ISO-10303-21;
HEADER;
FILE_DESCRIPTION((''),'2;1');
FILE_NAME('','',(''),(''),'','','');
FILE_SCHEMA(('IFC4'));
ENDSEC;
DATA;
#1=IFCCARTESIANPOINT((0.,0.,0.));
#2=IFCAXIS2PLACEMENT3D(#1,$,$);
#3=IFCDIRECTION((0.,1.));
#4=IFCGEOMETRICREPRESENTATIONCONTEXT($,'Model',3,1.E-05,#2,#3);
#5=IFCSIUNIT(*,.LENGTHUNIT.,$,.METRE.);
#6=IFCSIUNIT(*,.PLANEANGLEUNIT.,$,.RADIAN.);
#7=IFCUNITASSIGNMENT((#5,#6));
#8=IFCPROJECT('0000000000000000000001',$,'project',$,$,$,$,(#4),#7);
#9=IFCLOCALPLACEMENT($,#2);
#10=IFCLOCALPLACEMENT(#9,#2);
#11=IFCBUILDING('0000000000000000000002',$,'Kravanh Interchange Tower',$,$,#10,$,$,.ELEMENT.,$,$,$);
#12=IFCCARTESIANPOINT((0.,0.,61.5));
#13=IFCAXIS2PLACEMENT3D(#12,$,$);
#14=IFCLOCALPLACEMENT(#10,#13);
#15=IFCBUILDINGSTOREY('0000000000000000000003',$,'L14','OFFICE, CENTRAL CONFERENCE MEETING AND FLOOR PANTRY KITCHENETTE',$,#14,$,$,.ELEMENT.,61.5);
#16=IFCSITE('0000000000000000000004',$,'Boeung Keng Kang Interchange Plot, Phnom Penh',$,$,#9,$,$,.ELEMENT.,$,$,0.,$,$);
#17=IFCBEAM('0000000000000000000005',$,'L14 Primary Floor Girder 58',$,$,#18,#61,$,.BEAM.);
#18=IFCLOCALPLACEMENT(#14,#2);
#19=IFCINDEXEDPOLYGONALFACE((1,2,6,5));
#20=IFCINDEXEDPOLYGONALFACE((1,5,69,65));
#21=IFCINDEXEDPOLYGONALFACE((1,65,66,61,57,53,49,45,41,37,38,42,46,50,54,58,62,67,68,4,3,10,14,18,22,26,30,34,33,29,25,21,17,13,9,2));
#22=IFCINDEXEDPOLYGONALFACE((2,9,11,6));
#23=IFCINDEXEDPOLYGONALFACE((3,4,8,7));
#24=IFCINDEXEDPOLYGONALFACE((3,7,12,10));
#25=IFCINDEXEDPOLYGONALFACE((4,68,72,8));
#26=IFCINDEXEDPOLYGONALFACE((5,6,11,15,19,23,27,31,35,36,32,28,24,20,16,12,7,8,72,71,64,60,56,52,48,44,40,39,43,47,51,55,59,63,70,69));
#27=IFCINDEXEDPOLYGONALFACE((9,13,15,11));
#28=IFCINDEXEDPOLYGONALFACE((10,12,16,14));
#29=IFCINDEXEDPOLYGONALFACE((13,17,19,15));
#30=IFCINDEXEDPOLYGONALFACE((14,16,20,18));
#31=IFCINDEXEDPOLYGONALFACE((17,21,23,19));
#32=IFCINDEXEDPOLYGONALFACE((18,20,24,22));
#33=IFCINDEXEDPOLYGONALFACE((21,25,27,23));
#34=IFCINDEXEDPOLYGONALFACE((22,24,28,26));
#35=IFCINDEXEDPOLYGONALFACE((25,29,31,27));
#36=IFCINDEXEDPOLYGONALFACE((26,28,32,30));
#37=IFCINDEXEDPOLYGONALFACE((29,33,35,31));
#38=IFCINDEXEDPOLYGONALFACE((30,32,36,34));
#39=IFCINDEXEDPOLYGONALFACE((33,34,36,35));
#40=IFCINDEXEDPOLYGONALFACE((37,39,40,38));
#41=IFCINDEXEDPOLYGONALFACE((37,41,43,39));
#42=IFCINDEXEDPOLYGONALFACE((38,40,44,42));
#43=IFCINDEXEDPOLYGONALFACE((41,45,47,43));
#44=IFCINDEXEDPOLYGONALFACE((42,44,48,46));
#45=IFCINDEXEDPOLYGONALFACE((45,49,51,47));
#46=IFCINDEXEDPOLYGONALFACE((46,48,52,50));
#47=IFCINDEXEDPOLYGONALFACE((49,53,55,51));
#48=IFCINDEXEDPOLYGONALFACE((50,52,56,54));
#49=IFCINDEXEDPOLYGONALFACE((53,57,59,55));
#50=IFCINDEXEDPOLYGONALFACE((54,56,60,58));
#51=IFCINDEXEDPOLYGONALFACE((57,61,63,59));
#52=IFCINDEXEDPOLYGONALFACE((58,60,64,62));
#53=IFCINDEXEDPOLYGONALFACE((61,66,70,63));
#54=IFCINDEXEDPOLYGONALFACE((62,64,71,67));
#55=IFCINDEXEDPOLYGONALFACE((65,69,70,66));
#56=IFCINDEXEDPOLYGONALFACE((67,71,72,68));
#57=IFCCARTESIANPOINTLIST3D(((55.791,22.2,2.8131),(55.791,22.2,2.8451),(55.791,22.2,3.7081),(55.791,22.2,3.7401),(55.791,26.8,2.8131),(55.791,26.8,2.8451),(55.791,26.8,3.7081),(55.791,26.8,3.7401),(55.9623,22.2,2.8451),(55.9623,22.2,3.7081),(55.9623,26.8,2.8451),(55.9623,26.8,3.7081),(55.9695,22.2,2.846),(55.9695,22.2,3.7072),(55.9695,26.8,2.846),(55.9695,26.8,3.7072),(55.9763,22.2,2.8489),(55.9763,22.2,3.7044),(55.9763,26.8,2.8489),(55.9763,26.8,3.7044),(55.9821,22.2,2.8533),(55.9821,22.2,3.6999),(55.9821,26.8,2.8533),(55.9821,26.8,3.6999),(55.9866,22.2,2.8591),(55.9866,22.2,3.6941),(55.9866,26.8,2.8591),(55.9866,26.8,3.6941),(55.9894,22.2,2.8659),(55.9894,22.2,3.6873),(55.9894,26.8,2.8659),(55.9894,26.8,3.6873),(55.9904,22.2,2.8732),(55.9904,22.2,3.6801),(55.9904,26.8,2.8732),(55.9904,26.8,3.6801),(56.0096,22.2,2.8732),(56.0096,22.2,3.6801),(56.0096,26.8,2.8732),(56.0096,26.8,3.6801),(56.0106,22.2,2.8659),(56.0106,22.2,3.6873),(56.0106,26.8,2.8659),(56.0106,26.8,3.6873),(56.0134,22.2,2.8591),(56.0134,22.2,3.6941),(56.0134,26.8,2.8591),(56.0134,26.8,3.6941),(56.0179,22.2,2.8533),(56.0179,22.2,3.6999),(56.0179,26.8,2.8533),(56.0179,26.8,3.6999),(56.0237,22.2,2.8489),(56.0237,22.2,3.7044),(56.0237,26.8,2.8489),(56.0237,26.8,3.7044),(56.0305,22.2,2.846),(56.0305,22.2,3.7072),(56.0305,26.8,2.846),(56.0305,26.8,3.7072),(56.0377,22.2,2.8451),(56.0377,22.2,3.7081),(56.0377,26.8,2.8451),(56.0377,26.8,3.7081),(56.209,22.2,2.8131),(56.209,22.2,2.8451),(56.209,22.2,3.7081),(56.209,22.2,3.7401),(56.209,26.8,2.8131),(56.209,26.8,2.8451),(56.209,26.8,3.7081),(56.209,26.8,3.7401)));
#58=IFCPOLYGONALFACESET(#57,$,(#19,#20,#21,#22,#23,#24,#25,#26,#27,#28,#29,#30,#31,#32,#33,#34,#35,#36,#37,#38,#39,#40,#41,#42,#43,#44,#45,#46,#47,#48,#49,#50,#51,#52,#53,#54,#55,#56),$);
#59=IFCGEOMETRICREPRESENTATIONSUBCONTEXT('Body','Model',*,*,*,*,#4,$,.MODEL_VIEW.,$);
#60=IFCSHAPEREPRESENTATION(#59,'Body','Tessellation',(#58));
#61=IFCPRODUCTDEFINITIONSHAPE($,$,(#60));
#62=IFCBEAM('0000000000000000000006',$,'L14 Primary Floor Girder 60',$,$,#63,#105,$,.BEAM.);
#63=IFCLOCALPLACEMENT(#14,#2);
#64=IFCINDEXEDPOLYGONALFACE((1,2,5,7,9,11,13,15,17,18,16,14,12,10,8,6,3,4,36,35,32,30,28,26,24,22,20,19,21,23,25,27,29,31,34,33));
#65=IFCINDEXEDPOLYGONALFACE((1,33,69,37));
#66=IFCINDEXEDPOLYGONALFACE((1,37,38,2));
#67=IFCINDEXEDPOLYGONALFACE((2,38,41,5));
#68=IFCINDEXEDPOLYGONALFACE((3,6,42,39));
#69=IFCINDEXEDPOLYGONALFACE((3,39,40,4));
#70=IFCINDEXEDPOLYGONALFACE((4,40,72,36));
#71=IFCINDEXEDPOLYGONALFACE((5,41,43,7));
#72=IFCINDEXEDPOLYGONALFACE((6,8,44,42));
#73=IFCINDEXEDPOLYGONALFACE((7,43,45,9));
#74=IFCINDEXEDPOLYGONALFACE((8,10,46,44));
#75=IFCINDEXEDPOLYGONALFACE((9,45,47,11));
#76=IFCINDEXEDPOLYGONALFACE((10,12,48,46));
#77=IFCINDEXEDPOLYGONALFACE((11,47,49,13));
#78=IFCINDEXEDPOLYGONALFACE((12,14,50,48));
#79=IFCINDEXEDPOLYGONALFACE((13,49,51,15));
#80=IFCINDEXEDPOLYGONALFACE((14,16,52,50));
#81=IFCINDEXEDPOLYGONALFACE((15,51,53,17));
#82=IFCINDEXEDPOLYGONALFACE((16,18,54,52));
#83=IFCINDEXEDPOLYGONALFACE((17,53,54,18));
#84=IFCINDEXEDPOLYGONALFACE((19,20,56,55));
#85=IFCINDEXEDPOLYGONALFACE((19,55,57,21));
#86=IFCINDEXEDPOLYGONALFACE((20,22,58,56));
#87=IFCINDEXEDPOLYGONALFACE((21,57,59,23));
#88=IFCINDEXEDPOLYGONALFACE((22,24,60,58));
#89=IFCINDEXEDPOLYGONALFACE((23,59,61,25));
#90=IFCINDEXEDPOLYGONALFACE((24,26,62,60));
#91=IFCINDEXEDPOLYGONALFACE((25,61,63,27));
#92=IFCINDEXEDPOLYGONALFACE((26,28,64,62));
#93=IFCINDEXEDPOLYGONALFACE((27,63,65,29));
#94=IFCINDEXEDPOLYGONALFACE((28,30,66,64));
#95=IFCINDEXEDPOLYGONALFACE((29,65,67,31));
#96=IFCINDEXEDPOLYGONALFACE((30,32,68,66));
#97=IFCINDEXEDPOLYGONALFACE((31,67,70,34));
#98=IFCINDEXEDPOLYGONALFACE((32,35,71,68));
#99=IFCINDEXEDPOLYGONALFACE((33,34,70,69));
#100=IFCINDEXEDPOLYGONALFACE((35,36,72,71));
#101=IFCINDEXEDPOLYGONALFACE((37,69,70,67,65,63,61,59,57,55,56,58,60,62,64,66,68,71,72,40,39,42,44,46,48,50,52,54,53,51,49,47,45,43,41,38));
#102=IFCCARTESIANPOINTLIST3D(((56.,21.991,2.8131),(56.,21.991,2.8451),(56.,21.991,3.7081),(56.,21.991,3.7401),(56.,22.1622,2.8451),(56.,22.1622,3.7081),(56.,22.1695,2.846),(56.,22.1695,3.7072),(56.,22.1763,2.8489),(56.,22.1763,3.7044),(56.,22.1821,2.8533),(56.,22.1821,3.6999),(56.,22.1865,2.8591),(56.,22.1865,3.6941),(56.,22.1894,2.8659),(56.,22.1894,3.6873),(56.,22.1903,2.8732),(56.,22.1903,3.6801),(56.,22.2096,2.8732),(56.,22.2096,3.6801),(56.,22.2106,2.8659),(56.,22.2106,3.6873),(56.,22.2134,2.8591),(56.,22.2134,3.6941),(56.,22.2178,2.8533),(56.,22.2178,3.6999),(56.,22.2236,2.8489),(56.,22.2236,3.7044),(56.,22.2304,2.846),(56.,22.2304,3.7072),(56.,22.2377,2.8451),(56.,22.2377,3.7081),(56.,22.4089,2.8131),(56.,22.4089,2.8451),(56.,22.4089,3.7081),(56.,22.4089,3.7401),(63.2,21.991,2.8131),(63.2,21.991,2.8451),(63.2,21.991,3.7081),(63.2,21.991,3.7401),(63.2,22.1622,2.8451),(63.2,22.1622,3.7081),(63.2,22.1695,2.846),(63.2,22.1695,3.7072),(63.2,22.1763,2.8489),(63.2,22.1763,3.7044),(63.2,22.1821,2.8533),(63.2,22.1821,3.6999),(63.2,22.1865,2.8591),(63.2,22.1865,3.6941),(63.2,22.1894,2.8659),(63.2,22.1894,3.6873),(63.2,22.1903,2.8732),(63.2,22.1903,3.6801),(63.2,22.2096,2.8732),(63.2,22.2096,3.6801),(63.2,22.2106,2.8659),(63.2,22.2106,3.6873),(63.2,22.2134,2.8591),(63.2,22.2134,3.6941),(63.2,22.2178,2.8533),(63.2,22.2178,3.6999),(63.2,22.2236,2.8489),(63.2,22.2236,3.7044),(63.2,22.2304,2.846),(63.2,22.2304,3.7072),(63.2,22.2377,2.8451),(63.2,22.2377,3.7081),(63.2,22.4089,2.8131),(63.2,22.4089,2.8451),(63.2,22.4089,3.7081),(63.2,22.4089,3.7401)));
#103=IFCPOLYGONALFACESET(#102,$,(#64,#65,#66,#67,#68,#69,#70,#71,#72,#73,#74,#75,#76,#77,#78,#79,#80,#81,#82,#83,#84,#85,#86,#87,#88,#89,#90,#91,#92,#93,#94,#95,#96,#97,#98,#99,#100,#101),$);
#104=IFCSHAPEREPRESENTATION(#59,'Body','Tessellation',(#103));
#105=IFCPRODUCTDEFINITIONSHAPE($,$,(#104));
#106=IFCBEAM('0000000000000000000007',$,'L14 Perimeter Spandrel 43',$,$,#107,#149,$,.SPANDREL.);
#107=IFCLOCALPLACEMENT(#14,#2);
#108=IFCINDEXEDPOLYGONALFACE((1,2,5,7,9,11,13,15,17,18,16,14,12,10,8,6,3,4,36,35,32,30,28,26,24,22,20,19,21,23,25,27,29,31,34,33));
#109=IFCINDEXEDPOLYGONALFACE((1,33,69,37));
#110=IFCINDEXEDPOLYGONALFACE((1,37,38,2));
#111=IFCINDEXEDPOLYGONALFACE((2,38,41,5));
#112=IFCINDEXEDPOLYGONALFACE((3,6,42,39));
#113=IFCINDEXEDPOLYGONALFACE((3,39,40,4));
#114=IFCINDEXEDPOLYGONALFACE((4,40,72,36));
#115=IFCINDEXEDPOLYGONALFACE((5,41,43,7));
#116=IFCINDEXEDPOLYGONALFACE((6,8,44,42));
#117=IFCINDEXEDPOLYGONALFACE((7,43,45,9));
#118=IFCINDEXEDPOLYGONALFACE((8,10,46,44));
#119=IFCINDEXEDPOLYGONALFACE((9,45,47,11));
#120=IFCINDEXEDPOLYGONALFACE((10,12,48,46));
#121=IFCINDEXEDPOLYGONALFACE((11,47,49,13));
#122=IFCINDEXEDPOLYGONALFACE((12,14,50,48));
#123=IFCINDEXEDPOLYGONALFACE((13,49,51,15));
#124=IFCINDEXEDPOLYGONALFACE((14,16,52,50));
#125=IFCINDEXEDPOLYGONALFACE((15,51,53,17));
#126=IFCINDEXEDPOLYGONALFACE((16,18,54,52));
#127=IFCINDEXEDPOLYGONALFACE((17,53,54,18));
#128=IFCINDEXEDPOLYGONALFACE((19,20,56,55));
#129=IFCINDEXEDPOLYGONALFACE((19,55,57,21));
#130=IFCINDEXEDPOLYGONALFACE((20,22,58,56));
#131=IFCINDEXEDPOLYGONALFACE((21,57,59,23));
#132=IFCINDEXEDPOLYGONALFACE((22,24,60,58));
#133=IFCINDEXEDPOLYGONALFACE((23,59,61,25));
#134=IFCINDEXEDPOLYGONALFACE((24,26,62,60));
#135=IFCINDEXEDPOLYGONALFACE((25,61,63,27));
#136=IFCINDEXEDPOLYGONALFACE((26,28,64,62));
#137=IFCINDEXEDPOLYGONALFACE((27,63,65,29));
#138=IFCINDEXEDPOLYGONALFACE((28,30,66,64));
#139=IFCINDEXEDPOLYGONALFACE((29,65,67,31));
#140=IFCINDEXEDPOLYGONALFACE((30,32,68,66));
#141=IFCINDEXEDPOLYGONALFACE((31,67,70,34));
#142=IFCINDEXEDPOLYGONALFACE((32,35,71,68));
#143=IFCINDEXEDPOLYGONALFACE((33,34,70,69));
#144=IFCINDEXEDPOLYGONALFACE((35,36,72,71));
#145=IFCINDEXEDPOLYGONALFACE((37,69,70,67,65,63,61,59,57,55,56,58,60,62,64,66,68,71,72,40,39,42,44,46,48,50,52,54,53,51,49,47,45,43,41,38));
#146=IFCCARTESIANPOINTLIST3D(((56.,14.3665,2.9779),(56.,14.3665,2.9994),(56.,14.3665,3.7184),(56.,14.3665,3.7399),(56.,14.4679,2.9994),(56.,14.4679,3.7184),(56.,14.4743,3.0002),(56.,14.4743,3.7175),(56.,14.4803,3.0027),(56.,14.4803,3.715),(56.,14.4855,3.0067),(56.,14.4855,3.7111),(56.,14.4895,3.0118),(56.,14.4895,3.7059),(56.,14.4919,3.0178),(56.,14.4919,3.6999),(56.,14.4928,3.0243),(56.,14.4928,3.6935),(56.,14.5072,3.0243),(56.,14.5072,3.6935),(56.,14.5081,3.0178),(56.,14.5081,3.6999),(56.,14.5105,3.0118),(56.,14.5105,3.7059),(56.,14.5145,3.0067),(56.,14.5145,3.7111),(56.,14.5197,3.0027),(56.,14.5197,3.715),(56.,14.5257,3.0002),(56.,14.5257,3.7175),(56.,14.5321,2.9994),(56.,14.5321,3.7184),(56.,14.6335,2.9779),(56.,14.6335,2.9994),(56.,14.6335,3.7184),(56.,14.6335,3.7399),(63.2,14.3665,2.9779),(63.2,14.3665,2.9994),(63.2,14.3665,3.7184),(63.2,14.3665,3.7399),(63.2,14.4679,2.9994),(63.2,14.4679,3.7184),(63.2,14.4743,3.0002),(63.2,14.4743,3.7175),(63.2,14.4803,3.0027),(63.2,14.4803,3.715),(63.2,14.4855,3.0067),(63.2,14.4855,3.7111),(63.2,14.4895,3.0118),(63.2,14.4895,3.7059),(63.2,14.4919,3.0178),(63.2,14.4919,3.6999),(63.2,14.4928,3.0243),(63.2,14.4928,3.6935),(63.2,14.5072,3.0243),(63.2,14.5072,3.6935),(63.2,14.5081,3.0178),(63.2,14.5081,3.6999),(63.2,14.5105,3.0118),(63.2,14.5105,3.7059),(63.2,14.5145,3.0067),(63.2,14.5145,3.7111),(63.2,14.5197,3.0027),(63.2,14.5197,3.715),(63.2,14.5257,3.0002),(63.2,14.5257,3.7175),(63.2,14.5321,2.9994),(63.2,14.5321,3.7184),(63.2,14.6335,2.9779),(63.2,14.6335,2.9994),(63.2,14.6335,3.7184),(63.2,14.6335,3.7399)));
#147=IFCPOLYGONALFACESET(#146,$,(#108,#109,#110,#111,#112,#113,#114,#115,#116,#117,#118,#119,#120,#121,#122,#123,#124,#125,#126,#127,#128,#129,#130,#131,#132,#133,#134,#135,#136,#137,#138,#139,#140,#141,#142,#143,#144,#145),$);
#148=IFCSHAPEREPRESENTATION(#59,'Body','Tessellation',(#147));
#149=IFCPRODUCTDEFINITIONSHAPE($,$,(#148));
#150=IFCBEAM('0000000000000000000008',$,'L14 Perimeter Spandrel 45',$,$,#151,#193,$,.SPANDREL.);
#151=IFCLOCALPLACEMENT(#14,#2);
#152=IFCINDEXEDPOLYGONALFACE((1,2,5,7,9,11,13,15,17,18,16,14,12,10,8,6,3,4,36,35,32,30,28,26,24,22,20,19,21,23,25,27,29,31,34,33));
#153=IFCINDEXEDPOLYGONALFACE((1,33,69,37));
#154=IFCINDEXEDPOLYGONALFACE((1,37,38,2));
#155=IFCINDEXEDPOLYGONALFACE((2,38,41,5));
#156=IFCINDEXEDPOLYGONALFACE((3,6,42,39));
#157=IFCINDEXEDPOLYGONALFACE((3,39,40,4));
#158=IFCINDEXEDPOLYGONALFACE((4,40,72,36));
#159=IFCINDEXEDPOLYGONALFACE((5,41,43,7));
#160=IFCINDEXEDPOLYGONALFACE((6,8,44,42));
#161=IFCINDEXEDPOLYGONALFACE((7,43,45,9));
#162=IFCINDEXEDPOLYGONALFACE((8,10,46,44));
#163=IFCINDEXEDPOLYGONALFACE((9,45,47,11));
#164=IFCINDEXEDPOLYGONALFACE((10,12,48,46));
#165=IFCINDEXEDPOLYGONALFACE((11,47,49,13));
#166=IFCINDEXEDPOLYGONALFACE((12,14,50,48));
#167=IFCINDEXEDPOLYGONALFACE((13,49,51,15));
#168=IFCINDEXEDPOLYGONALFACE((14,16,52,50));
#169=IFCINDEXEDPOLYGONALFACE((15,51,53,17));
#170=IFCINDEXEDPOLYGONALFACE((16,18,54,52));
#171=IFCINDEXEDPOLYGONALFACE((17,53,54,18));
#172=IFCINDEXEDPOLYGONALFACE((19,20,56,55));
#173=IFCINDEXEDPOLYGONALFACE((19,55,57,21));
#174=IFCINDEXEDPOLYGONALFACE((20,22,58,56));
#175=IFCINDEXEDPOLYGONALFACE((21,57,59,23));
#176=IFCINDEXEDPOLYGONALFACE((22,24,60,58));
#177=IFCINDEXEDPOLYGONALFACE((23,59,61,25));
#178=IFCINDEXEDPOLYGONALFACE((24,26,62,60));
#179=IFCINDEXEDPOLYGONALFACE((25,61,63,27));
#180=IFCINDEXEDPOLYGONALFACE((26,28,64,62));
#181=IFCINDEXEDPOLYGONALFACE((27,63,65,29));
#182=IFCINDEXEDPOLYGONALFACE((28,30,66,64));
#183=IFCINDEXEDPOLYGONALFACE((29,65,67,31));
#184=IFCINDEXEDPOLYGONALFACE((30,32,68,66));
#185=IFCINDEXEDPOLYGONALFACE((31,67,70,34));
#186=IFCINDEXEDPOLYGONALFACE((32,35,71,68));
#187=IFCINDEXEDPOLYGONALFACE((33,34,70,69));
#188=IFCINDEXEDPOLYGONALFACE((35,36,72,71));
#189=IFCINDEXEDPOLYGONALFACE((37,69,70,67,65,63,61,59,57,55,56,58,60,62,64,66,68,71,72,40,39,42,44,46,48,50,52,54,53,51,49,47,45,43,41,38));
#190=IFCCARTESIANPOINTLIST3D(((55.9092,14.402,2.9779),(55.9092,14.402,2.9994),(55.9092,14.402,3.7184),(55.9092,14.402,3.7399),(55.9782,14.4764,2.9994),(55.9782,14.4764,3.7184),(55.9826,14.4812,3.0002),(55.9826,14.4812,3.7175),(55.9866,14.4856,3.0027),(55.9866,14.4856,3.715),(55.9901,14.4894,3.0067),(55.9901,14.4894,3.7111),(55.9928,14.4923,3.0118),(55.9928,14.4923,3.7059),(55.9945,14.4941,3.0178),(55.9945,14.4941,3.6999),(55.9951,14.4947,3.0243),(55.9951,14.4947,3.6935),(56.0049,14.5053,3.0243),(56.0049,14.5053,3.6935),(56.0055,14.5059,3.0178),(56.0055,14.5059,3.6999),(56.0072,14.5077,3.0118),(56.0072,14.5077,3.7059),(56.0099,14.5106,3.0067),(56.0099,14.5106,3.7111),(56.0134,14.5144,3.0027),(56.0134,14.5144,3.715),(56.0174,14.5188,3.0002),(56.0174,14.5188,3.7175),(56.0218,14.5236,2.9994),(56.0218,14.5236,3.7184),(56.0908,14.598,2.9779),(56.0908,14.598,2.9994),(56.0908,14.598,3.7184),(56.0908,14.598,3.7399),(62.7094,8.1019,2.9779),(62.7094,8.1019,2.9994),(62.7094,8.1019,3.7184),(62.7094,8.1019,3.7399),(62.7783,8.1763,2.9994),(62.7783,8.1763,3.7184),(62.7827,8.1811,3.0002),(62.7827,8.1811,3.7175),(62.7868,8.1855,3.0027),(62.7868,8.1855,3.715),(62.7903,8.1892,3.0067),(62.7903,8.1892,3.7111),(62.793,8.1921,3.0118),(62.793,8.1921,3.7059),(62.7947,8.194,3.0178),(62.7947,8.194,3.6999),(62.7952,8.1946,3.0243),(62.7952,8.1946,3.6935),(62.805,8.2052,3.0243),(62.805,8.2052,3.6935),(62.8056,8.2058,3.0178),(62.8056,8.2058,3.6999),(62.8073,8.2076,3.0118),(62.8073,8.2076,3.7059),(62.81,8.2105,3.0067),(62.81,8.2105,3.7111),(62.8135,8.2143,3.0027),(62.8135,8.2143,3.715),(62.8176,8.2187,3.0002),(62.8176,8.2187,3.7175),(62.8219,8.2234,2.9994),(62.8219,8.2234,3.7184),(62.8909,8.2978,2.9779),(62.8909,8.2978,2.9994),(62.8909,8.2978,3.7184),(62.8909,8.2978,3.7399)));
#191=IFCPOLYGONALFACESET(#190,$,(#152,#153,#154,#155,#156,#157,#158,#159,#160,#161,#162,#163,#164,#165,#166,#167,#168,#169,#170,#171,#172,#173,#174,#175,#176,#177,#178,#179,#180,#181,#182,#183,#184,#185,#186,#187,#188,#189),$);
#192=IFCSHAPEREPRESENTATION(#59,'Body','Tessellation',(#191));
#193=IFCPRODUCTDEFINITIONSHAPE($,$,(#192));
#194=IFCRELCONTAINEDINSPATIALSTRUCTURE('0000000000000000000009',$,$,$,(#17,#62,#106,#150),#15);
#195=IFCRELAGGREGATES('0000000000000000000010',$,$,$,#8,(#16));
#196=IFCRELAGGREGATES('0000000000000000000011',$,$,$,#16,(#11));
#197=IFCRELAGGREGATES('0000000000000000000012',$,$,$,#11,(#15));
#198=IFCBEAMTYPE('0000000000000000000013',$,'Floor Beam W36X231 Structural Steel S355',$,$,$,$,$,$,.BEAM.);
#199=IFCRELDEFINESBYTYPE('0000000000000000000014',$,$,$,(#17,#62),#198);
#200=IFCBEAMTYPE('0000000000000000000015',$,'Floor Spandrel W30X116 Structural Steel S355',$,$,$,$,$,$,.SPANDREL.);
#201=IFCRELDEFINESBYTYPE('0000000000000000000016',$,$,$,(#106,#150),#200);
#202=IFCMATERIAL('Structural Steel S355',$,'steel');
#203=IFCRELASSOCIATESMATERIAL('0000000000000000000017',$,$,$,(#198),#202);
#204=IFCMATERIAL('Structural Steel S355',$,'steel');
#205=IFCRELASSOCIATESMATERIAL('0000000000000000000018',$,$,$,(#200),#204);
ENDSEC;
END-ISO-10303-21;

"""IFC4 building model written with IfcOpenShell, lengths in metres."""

from ifc_helpers import new_model, si_unit, direction, frame, origin, origin_2d, place, context, subcontext, project, spatial, i_section, extrude, material, material_profile, profile_set, type_object, element, save


model = new_model("IFC4")

# Units and contexts
model_context = context("Model", 3, precision=1e-05, world=origin(), true_north=direction((0.0, 1.0)))
body_context = subcontext(model_context, "Body", "Model", "MODEL_VIEW")
ifc_project = project(units=[si_unit("LENGTHUNIT", "METRE"), si_unit("PLANEANGLEUNIT", "RADIAN")], contexts=[model_context])

# Site, building, storey
site_placement = place(None, origin())
site = spatial("IfcSite", under=ifc_project, at=site_placement, Name="Boeung Keng Kang Interchange Plot, Phnom Penh", CompositionType="ELEMENT", RefElevation=0.0)
building_placement = place(site_placement, origin())
building = spatial("IfcBuilding", under=site, at=building_placement, Name="Kravanh Interchange Tower", CompositionType="ELEMENT")
storey_placement = place(building_placement, frame((0.0, 0.0, 61.5)))
storey = spatial("IfcBuildingStorey", under=building, at=storey_placement, Name="L14", Description="OFFICE, CENTRAL CONFERENCE MEETING AND FLOOR PANTRY KITCHENETTE", CompositionType="ELEMENT", Elevation=61.5)

# Beams
ifc_material_1 = material(Name="Structural Steel S355", Category="steel")
ifc_material_profile_1 = material_profile(ifc_material_1, i_section(OverallWidth=0.418, OverallDepth=0.927, WebThickness=0.0193, FlangeThickness=0.032, FilletRadius=0.0281, at=origin_2d()), Name="W36X231")
ifc_profile_set_1 = profile_set([ifc_material_profile_1], Name="Structural Steel S355")
beam_type_1 = type_object("IfcBeamType", Name="Floor Beam W36X231 Structural Steel S355", PredefinedType="BEAM", material=ifc_profile_set_1)
beam_1_placement = place(storey_placement, frame((56.0, 22.2, 3.2766), z_axis=(0.0, 1.0, 0.0), x_axis=(-1.0, 0.0, 0.0)))
element("IfcBeam", 1, at=beam_1_placement, inside=storey, type_object=beam_type_1, Name="L14 Primary Floor Girder 58", PredefinedType="BEAM", context=body_context, shape_type="SweptSolid", body=[
    extrude(i_section(OverallWidth=0.418, OverallDepth=0.927, WebThickness=0.0193, FlangeThickness=0.032, FilletRadius=0.0281, at=origin_2d()), origin(), (0.0, 0.0, 1.0), 4.6001),
])
beam_2_placement = place(storey_placement, frame((56.0, 22.2, 3.2766), z_axis=(1.0, 0.0, 0.0), x_axis=(0.0, 1.0, 0.0)))
element("IfcBeam", 2, at=beam_2_placement, inside=storey, type_object=beam_type_1, Name="L14 Primary Floor Girder 60", PredefinedType="BEAM", context=body_context, shape_type="SweptSolid", body=[
    extrude(i_section(OverallWidth=0.418, OverallDepth=0.927, WebThickness=0.0193, FlangeThickness=0.032, FilletRadius=0.0281, at=origin_2d()), origin(), (0.0, 0.0, 1.0), 7.2),
])
ifc_material_2 = material(Name="Structural Steel S355", Category="steel")
ifc_material_profile_2 = material_profile(ifc_material_2, i_section(OverallWidth=0.2671, OverallDepth=0.762, WebThickness=0.0144, FlangeThickness=0.0215, FilletRadius=0.0249, at=origin_2d()), Name="W30X116")
ifc_profile_set_2 = profile_set([ifc_material_profile_2], Name="Structural Steel S355")
beam_type_2 = type_object("IfcBeamType", Name="Floor Spandrel W30X116 Structural Steel S355", PredefinedType="SPANDREL", material=ifc_profile_set_2)
beam_3_placement = place(storey_placement, frame((56.0, 14.5, 3.3589), z_axis=(1.0, 0.0, 0.0), x_axis=(0.0, 1.0, 0.0)))
element("IfcBeam", 3, at=beam_3_placement, inside=storey, type_object=beam_type_2, Name="L14 Perimeter Spandrel 43", PredefinedType="SPANDREL", context=body_context, shape_type="SweptSolid", body=[
    extrude(i_section(OverallWidth=0.2671, OverallDepth=0.762, WebThickness=0.0144, FlangeThickness=0.0215, FilletRadius=0.0249, at=origin_2d()), origin(), (0.0, 0.0, 1.0), 7.2),
])
beam_4_placement = place(storey_placement, frame((56.0, 14.5, 3.3589), z_axis=(0.733561, -0.679623, 0.0), x_axis=(0.679623, 0.733561, 0.0)))
element("IfcBeam", 4, at=beam_4_placement, inside=storey, type_object=beam_type_2, Name="L14 Perimeter Spandrel 45", PredefinedType="SPANDREL", context=body_context, shape_type="SweptSolid", body=[
    extrude(i_section(OverallWidth=0.2671, OverallDepth=0.762, WebThickness=0.0144, FlangeThickness=0.0215, FilletRadius=0.0249, at=origin_2d()), origin(), (0.0, 0.0, 1.0), 9.27),
])

save(model, "model.ifc")
